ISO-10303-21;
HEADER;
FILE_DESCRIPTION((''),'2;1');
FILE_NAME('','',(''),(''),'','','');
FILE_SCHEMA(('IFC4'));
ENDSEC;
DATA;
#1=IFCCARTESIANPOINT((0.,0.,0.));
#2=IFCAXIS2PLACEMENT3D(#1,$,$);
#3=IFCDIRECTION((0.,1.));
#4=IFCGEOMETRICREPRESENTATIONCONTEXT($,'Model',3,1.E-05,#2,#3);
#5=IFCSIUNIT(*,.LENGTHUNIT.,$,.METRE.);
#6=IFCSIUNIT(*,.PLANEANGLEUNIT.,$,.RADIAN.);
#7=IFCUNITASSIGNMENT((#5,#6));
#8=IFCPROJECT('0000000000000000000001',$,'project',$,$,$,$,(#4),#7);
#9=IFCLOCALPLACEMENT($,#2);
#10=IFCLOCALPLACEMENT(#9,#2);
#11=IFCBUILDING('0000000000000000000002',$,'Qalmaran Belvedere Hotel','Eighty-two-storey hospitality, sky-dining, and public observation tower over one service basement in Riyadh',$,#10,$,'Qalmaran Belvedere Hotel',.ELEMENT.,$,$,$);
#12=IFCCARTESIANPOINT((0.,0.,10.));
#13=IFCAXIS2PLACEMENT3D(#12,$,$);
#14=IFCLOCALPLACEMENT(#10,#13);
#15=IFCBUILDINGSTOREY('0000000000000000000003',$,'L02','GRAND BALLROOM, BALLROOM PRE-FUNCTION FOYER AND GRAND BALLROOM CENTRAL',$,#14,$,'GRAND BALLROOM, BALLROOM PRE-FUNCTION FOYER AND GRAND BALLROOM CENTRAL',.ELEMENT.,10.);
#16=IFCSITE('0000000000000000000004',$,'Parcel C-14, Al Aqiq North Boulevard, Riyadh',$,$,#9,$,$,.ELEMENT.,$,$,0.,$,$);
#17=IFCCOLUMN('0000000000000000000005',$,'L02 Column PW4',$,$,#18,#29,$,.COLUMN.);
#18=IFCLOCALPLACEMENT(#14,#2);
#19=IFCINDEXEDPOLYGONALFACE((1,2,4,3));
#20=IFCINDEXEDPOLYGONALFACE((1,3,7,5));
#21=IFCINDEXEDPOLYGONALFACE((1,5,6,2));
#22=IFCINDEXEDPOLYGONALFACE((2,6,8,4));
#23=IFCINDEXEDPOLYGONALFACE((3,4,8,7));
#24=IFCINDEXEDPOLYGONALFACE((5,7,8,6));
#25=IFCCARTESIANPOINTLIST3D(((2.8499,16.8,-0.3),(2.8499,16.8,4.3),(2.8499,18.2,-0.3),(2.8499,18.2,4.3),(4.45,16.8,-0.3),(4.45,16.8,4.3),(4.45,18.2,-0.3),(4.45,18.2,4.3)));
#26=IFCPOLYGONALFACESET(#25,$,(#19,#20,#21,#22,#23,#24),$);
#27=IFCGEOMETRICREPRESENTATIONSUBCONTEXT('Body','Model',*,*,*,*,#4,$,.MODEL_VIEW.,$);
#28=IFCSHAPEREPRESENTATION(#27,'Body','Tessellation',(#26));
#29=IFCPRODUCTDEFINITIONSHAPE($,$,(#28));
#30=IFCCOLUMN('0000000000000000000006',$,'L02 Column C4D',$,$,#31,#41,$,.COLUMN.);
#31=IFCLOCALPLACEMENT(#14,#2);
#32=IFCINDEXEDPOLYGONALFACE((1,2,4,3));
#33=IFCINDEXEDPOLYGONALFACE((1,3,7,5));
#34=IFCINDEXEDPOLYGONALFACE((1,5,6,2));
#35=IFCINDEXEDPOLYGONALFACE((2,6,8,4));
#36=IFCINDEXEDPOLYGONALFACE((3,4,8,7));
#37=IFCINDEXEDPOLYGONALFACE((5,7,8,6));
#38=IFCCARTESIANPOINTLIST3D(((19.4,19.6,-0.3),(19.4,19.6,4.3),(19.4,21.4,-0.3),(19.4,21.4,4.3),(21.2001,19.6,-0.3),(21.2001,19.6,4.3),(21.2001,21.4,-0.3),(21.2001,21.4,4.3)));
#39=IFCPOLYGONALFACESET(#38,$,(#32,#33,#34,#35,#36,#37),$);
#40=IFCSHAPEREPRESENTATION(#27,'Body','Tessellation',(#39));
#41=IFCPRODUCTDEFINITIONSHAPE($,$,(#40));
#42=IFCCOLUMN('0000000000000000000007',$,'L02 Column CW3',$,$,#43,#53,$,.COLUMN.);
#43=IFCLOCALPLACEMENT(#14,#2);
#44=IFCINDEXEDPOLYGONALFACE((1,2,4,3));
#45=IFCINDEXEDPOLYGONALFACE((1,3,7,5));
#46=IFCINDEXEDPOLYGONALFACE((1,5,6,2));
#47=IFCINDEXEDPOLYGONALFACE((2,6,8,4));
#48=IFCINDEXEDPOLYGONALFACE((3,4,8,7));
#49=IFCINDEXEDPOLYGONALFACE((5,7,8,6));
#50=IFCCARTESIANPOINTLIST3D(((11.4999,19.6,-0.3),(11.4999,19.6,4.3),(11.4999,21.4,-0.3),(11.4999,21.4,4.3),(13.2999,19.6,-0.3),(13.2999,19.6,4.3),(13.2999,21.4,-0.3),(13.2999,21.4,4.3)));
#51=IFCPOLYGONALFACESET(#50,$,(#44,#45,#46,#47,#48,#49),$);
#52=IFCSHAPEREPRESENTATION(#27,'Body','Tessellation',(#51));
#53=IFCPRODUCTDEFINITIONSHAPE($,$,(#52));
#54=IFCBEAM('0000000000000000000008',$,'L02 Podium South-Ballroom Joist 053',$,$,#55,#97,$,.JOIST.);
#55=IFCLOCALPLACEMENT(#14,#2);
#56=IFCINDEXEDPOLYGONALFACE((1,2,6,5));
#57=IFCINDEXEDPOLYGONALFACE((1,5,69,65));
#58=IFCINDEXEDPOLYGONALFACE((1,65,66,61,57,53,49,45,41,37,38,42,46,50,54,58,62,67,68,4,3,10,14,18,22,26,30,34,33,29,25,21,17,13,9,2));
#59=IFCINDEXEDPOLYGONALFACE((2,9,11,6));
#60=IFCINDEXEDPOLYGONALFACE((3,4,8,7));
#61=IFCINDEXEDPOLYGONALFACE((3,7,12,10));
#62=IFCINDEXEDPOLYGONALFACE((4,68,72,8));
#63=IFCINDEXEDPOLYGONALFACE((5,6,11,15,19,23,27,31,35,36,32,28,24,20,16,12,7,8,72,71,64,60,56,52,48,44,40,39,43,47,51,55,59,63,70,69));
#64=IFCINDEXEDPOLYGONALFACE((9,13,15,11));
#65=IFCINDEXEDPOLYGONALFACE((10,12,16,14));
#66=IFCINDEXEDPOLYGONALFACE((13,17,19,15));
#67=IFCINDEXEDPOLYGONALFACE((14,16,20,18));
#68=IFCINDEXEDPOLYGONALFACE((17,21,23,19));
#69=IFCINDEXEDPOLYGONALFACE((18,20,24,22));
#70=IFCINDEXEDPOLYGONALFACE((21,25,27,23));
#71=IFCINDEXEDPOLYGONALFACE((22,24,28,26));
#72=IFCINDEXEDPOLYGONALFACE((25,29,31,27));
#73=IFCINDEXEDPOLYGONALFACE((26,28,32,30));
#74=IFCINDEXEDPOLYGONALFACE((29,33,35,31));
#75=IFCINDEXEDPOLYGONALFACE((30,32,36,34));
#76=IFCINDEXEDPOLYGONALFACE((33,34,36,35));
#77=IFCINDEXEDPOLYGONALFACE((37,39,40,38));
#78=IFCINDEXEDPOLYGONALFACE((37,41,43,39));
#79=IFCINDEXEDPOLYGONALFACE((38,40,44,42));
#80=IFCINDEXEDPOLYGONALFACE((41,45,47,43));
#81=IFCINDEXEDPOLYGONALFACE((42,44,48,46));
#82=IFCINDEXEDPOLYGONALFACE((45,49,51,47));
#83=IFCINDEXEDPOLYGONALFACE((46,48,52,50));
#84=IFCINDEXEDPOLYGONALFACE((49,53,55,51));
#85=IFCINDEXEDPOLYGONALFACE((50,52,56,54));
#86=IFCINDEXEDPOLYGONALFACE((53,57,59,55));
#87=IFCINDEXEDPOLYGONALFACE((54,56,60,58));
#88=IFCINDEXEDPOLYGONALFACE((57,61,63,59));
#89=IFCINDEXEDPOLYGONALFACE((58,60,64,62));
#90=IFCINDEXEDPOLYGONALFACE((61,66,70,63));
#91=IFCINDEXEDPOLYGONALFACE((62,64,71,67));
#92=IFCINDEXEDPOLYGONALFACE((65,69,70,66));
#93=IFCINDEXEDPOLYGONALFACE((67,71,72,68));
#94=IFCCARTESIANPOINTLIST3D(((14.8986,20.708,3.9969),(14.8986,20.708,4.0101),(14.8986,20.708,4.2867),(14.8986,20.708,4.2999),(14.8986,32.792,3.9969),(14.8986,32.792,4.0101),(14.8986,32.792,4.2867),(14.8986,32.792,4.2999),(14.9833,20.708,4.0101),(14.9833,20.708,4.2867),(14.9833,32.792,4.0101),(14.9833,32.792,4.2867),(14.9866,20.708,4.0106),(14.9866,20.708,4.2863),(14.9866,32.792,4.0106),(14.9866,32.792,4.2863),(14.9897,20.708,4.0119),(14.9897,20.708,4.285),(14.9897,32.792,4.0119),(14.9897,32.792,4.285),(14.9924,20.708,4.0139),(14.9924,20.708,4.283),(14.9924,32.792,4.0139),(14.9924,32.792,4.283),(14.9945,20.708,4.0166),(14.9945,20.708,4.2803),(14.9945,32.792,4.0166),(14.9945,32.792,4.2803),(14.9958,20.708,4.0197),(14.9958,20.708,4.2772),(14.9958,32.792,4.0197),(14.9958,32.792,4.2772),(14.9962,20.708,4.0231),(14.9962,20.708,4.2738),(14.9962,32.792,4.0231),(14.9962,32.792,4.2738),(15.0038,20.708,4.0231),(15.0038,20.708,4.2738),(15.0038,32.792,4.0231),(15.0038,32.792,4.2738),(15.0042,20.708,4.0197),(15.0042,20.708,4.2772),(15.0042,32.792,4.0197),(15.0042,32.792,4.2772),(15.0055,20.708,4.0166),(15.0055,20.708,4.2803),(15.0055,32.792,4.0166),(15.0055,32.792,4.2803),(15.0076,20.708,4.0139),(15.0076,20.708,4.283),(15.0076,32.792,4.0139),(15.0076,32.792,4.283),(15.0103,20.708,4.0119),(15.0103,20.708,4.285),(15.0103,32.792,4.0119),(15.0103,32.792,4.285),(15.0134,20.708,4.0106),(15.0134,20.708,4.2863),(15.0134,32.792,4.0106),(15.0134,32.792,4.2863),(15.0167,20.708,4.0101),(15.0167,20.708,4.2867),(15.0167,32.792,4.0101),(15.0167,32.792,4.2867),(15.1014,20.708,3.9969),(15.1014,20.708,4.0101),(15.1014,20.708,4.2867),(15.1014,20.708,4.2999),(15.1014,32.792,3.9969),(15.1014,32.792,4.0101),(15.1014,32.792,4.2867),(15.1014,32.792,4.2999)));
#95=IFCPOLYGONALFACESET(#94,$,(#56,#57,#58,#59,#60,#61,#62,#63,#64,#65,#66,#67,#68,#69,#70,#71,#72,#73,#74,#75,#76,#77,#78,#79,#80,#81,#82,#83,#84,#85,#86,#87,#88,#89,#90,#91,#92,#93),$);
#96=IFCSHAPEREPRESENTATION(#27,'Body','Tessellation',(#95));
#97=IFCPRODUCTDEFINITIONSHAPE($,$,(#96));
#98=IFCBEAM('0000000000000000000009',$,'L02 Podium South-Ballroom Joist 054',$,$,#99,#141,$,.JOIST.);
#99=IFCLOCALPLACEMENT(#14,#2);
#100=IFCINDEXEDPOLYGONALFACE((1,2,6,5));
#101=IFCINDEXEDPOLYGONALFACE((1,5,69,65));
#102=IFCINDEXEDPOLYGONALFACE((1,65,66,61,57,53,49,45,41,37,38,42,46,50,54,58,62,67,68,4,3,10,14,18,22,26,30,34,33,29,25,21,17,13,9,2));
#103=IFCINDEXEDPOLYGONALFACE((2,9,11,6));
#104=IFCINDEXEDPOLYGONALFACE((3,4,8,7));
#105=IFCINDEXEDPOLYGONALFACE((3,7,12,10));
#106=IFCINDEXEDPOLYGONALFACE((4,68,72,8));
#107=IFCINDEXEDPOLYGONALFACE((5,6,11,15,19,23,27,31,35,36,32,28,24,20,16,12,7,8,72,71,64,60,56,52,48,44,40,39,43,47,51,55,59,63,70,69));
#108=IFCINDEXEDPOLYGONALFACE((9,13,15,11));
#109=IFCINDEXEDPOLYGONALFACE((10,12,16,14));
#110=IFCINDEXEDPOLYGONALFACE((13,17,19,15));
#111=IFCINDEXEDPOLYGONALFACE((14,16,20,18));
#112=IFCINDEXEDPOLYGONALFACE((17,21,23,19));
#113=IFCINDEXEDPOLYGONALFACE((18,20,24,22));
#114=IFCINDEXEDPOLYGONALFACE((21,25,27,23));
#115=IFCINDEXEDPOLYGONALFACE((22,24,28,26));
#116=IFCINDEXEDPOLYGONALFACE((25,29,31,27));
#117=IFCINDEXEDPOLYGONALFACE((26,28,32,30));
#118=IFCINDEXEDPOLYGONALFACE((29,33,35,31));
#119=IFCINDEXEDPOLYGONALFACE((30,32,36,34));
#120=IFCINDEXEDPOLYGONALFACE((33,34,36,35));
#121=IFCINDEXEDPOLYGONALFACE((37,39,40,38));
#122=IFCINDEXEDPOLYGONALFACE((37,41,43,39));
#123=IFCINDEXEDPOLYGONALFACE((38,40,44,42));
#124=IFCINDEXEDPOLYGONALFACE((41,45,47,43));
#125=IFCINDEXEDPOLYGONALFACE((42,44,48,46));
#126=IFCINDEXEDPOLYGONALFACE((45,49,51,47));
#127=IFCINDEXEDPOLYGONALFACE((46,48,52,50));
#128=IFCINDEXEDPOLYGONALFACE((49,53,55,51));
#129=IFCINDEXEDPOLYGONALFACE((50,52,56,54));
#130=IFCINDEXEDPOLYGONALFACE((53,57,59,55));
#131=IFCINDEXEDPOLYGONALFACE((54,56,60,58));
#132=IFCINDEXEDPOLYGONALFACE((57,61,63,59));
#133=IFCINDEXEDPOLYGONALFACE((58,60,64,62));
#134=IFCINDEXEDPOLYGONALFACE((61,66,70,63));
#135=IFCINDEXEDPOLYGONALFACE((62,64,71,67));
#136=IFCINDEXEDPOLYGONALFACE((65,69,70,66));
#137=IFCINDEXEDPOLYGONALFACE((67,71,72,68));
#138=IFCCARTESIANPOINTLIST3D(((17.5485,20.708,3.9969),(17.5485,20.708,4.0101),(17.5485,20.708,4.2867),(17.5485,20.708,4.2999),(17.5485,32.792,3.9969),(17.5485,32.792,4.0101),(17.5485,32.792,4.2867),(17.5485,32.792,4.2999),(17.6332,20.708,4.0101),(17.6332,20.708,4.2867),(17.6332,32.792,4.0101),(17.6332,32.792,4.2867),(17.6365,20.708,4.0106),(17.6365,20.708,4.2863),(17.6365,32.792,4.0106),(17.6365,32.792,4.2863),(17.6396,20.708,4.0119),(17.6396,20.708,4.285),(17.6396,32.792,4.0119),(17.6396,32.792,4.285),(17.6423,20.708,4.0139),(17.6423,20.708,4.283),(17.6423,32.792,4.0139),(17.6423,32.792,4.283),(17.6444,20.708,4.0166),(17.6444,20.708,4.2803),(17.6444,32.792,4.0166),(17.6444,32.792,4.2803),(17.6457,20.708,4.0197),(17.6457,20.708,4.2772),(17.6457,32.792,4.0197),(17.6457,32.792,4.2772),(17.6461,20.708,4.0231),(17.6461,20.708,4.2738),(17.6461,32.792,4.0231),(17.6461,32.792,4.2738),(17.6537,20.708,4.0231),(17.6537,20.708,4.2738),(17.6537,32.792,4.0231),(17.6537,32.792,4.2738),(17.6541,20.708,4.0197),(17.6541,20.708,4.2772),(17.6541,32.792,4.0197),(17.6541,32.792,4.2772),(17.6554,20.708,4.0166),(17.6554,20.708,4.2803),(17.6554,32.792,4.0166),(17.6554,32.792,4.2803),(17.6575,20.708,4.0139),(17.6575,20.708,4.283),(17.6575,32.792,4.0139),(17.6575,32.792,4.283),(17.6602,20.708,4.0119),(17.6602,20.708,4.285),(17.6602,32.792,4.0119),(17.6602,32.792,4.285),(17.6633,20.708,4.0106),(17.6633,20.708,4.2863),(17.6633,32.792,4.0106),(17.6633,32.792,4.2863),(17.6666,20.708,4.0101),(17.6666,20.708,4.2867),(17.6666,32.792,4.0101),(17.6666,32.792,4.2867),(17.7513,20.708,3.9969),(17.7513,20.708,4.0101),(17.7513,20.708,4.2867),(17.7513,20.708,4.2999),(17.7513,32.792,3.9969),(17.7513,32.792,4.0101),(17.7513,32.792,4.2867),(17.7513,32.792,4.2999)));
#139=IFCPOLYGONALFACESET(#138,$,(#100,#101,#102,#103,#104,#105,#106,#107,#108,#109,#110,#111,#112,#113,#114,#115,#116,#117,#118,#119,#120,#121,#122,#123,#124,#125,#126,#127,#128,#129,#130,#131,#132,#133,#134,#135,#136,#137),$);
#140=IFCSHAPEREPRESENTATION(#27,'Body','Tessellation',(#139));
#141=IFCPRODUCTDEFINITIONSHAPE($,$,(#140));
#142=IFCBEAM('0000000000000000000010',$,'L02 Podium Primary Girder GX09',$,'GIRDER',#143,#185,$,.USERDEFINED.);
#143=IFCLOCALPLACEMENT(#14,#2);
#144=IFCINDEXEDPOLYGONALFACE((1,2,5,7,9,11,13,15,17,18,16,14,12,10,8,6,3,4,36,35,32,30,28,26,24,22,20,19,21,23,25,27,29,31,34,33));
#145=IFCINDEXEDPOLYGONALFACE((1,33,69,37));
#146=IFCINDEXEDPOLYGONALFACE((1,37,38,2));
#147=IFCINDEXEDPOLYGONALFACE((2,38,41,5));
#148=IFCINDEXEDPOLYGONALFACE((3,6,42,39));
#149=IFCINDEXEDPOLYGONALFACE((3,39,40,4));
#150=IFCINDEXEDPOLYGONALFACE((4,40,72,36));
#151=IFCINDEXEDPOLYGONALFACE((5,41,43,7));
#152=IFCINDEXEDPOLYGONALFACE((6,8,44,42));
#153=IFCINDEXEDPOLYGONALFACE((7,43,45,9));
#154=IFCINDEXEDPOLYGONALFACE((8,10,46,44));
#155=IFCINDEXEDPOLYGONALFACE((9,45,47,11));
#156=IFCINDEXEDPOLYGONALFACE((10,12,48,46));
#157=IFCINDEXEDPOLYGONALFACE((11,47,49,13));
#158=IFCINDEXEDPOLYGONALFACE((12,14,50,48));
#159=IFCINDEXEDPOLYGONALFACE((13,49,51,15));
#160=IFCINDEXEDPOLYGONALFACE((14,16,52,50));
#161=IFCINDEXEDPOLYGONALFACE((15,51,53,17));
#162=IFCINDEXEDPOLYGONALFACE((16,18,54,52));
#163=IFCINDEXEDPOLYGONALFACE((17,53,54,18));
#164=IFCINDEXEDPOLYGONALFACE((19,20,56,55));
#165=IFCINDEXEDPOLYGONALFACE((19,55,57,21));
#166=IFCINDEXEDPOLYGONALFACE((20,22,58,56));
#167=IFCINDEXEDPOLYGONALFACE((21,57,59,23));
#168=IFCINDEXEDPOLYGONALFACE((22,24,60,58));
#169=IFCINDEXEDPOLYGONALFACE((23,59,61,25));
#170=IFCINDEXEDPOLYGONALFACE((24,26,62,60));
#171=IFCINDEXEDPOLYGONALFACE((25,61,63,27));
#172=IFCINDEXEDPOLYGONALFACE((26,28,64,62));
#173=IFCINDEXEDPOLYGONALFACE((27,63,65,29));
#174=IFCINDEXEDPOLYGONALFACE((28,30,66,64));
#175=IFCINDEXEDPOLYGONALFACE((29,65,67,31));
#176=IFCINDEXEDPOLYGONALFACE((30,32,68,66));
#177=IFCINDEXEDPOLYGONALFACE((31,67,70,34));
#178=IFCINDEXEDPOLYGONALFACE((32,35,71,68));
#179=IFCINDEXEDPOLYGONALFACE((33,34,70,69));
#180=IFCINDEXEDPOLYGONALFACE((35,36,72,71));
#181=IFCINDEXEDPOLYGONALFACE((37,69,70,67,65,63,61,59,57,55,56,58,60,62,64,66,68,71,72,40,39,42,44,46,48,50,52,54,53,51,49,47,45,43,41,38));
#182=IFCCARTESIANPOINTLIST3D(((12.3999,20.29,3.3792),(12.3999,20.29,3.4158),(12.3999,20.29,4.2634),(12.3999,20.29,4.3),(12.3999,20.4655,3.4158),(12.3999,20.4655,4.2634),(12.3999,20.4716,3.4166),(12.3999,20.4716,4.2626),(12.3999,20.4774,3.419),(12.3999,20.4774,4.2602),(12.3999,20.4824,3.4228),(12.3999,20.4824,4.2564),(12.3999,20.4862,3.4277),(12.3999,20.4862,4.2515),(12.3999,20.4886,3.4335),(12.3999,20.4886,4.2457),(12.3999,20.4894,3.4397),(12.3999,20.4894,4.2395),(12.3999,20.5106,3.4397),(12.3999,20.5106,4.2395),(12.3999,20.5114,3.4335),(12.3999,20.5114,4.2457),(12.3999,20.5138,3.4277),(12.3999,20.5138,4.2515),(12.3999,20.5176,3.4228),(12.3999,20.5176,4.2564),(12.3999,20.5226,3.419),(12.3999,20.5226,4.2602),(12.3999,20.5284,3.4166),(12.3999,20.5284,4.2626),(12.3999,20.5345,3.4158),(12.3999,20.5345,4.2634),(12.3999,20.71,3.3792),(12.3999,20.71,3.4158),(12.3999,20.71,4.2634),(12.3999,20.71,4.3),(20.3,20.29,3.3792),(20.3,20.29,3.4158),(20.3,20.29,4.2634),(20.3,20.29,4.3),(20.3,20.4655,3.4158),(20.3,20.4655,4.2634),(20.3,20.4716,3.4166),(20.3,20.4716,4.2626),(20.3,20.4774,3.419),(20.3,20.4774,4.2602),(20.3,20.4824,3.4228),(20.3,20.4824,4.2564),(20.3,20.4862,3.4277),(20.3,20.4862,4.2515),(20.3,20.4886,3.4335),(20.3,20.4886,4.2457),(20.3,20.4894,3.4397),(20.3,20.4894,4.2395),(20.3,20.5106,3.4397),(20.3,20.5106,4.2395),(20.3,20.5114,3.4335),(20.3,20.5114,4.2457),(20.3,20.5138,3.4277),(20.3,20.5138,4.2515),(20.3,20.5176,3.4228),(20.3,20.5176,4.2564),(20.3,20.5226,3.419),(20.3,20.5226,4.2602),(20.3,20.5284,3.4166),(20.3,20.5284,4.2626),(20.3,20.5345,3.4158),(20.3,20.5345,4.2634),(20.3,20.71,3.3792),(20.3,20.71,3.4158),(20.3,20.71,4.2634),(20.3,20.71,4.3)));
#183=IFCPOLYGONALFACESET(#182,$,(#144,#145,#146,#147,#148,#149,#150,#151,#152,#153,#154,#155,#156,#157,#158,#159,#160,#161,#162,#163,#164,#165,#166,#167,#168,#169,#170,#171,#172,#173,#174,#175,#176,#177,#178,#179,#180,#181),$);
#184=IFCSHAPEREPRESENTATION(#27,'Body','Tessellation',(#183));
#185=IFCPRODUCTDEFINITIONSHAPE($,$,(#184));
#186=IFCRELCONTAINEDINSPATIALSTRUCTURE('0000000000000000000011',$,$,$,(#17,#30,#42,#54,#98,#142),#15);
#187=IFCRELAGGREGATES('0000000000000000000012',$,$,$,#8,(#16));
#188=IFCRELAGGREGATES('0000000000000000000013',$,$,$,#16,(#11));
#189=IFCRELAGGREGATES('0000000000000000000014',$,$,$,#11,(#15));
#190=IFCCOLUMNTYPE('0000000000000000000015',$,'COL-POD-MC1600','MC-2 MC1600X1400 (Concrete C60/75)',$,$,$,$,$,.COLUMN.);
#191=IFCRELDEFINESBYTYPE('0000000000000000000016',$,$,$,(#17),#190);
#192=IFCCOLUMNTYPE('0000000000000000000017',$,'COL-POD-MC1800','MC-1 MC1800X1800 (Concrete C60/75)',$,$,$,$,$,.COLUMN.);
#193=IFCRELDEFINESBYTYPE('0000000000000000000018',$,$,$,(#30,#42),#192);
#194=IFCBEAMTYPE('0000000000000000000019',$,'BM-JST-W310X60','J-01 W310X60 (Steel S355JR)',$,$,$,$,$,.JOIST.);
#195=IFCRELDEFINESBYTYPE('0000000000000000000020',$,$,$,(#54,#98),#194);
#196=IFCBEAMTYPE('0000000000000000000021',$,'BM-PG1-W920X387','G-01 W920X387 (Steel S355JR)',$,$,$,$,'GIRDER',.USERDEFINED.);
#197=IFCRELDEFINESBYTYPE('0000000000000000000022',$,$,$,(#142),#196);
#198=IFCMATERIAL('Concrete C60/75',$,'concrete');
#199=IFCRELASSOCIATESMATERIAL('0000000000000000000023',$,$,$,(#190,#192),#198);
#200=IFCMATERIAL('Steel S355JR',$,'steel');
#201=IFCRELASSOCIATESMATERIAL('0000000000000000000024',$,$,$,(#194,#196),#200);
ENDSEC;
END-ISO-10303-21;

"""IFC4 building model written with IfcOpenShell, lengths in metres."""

from ifc_helpers import new_model, si_unit, direction, frame, origin, origin_2d, place, context, subcontext, project, spatial, rectangle, i_section, extrude, material, material_profile, profile_set, type_object, element, save


model = new_model("IFC4")

# Units and contexts
model_context = context("Model", 3, precision=1e-05, world=origin(), true_north=direction((0.0, 1.0)))
body_context = subcontext(model_context, "Body", "Model", "MODEL_VIEW")
ifc_project = project(units=[si_unit("LENGTHUNIT", "METRE"), si_unit("PLANEANGLEUNIT", "RADIAN")], contexts=[model_context])

# Site, building, storey
site_placement = place(None, origin())
site = spatial("IfcSite", under=ifc_project, at=site_placement, Name="Parcel C-14, Al Aqiq North Boulevard, Riyadh", CompositionType="ELEMENT", RefElevation=0.0)
building_placement = place(site_placement, origin())
building = spatial("IfcBuilding", under=site, at=building_placement, Name="Qalmaran Belvedere Hotel", Description="Eighty-two-storey hospitality, sky-dining, and public observation tower over one service basement in Riyadh", LongName="Qalmaran Belvedere Hotel", CompositionType="ELEMENT")
storey_placement = place(building_placement, frame((0.0, 0.0, 10.0)))
storey = spatial("IfcBuildingStorey", under=building, at=storey_placement, Name="L02", Description="GRAND BALLROOM, BALLROOM PRE-FUNCTION FOYER AND GRAND BALLROOM CENTRAL", LongName="GRAND BALLROOM, BALLROOM PRE-FUNCTION FOYER AND GRAND BALLROOM CENTRAL", CompositionType="ELEMENT", Elevation=10.0)

# Columns
ifc_material_1 = material(Name="Concrete C60/75", Category="concrete")
ifc_material_profile_1 = material_profile(ifc_material_1, rectangle(XDim=1.6001, YDim=1.3999, at=origin_2d()), Name="MC1600X1400")
ifc_profile_set_1 = profile_set([ifc_material_profile_1], Name="Concrete C60/75")
column_type_1 = type_object("IfcColumnType", Name="COL-POD-MC1600", Description="MC-2 MC1600X1400 (Concrete C60/75)", PredefinedType="COLUMN", material=ifc_profile_set_1)
column_placement = place(storey_placement, frame((3.6499, 17.5, -0.3), z_axis=(0.0, 0.0, 1.0), x_axis=(1.0, 0.0, 0.0)))
element("IfcColumn", 1, at=column_placement, inside=storey, type_object=column_type_1, Name="L02 Column PW4", PredefinedType="COLUMN", context=body_context, shape_type="SweptSolid", body=[
    extrude(rectangle(XDim=1.6001, YDim=1.3999, at=origin_2d()), origin(), (0.0, 0.0, 1.0), 4.6001),
])
ifc_material_profile_2 = material_profile(ifc_material_1, rectangle(XDim=1.8, YDim=1.8, at=origin_2d()), Name="MC1800X1800")
ifc_profile_set_2 = profile_set([ifc_material_profile_2], Name="Concrete C60/75")
column_type_2 = type_object("IfcColumnType", Name="COL-POD-MC1800", Description="MC-1 MC1800X1800 (Concrete C60/75)", PredefinedType="COLUMN", material=ifc_profile_set_2)
for number, where, z_axis, x_axis, name in (
    (2, (20.3, 20.5, -0.3), (0.0, 0.0, 1.0), (1.0, 0.0, 0.0), "L02 Column C4D"),
    (3, (12.3999, 20.5, -0.3), (0.0, 0.0, 1.0), (1.0, 0.0, 0.0), "L02 Column CW3"),
):
    element("IfcColumn", number, at=place(storey_placement, frame(where, z_axis=z_axis, x_axis=x_axis)), inside=storey, type_object=column_type_2, Name=name, PredefinedType="COLUMN", context=body_context, shape_type="SweptSolid", body=[
        extrude(rectangle(XDim=1.8, YDim=1.8, at=origin_2d()), origin(), (0.0, 0.0, 1.0), 4.6001),
    ])

# Beams
ifc_material_2 = material(Name="Steel S355JR", Category="steel")
ifc_material_profile_3 = material_profile(ifc_material_2, i_section(OverallWidth=0.2029, OverallDepth=0.303, WebThickness=0.0076, FlangeThickness=0.0132, FilletRadius=0.0129, at=origin_2d()), Name="W310X60")
ifc_profile_set_3 = profile_set([ifc_material_profile_3], Name="Steel S355JR")
beam_type_1 = type_object("IfcBeamType", Name="BM-JST-W310X60", Description="J-01 W310X60 (Steel S355JR)", PredefinedType="JOIST", material=ifc_profile_set_3)
for number, where, z_axis, x_axis, name in (
    (4, (15.0, 20.708, 4.1484), (0.0, 1.0, 0.0), (-1.0, 0.0, 0.0), "L02 Podium South-Ballroom Joist 053"),
    (5, (17.6499, 20.708, 4.1484), (0.0, 1.0, 0.0), (-1.0, 0.0, 0.0), "L02 Podium South-Ballroom Joist 054"),
):
    element("IfcBeam", number, at=place(storey_placement, frame(where, z_axis=z_axis, x_axis=x_axis)), inside=storey, type_object=beam_type_1, Name=name, PredefinedType="JOIST", context=body_context, shape_type="SweptSolid", body=[
        extrude(i_section(OverallWidth=0.2029, OverallDepth=0.303, WebThickness=0.0076, FlangeThickness=0.0132, FilletRadius=0.0129, at=origin_2d()), origin(), (0.0, 0.0, 1.0), 12.084),
    ])
ifc_material_profile_4 = material_profile(ifc_material_2, i_section(OverallWidth=0.4199, OverallDepth=0.9209, WebThickness=0.0212, FlangeThickness=0.0366, FilletRadius=0.0239, at=origin_2d()), Name="W920X387")
ifc_profile_set_4 = profile_set([ifc_material_profile_4], Name="Steel S355JR")
beam_type_2 = type_object("IfcBeamType", Name="BM-PG1-W920X387", Description="G-01 W920X387 (Steel S355JR)", ElementType="GIRDER", PredefinedType="USERDEFINED", material=ifc_profile_set_4)
beam_1_placement = place(storey_placement, frame((12.3999, 20.5, 3.8396), z_axis=(1.0, 0.0, 0.0), x_axis=(0.0, 1.0, 0.0)))
element("IfcBeam", 6, at=beam_1_placement, inside=storey, type_object=beam_type_2, Name="L02 Podium Primary Girder GX09", ObjectType="GIRDER", PredefinedType="USERDEFINED", context=body_context, shape_type="SweptSolid", body=[
    extrude(i_section(OverallWidth=0.4199, OverallDepth=0.9209, WebThickness=0.0212, FlangeThickness=0.0366, FilletRadius=0.0239, at=origin_2d()), origin(), (0.0, 0.0, 1.0), 7.9001),
])

save(model, "model.ifc")
